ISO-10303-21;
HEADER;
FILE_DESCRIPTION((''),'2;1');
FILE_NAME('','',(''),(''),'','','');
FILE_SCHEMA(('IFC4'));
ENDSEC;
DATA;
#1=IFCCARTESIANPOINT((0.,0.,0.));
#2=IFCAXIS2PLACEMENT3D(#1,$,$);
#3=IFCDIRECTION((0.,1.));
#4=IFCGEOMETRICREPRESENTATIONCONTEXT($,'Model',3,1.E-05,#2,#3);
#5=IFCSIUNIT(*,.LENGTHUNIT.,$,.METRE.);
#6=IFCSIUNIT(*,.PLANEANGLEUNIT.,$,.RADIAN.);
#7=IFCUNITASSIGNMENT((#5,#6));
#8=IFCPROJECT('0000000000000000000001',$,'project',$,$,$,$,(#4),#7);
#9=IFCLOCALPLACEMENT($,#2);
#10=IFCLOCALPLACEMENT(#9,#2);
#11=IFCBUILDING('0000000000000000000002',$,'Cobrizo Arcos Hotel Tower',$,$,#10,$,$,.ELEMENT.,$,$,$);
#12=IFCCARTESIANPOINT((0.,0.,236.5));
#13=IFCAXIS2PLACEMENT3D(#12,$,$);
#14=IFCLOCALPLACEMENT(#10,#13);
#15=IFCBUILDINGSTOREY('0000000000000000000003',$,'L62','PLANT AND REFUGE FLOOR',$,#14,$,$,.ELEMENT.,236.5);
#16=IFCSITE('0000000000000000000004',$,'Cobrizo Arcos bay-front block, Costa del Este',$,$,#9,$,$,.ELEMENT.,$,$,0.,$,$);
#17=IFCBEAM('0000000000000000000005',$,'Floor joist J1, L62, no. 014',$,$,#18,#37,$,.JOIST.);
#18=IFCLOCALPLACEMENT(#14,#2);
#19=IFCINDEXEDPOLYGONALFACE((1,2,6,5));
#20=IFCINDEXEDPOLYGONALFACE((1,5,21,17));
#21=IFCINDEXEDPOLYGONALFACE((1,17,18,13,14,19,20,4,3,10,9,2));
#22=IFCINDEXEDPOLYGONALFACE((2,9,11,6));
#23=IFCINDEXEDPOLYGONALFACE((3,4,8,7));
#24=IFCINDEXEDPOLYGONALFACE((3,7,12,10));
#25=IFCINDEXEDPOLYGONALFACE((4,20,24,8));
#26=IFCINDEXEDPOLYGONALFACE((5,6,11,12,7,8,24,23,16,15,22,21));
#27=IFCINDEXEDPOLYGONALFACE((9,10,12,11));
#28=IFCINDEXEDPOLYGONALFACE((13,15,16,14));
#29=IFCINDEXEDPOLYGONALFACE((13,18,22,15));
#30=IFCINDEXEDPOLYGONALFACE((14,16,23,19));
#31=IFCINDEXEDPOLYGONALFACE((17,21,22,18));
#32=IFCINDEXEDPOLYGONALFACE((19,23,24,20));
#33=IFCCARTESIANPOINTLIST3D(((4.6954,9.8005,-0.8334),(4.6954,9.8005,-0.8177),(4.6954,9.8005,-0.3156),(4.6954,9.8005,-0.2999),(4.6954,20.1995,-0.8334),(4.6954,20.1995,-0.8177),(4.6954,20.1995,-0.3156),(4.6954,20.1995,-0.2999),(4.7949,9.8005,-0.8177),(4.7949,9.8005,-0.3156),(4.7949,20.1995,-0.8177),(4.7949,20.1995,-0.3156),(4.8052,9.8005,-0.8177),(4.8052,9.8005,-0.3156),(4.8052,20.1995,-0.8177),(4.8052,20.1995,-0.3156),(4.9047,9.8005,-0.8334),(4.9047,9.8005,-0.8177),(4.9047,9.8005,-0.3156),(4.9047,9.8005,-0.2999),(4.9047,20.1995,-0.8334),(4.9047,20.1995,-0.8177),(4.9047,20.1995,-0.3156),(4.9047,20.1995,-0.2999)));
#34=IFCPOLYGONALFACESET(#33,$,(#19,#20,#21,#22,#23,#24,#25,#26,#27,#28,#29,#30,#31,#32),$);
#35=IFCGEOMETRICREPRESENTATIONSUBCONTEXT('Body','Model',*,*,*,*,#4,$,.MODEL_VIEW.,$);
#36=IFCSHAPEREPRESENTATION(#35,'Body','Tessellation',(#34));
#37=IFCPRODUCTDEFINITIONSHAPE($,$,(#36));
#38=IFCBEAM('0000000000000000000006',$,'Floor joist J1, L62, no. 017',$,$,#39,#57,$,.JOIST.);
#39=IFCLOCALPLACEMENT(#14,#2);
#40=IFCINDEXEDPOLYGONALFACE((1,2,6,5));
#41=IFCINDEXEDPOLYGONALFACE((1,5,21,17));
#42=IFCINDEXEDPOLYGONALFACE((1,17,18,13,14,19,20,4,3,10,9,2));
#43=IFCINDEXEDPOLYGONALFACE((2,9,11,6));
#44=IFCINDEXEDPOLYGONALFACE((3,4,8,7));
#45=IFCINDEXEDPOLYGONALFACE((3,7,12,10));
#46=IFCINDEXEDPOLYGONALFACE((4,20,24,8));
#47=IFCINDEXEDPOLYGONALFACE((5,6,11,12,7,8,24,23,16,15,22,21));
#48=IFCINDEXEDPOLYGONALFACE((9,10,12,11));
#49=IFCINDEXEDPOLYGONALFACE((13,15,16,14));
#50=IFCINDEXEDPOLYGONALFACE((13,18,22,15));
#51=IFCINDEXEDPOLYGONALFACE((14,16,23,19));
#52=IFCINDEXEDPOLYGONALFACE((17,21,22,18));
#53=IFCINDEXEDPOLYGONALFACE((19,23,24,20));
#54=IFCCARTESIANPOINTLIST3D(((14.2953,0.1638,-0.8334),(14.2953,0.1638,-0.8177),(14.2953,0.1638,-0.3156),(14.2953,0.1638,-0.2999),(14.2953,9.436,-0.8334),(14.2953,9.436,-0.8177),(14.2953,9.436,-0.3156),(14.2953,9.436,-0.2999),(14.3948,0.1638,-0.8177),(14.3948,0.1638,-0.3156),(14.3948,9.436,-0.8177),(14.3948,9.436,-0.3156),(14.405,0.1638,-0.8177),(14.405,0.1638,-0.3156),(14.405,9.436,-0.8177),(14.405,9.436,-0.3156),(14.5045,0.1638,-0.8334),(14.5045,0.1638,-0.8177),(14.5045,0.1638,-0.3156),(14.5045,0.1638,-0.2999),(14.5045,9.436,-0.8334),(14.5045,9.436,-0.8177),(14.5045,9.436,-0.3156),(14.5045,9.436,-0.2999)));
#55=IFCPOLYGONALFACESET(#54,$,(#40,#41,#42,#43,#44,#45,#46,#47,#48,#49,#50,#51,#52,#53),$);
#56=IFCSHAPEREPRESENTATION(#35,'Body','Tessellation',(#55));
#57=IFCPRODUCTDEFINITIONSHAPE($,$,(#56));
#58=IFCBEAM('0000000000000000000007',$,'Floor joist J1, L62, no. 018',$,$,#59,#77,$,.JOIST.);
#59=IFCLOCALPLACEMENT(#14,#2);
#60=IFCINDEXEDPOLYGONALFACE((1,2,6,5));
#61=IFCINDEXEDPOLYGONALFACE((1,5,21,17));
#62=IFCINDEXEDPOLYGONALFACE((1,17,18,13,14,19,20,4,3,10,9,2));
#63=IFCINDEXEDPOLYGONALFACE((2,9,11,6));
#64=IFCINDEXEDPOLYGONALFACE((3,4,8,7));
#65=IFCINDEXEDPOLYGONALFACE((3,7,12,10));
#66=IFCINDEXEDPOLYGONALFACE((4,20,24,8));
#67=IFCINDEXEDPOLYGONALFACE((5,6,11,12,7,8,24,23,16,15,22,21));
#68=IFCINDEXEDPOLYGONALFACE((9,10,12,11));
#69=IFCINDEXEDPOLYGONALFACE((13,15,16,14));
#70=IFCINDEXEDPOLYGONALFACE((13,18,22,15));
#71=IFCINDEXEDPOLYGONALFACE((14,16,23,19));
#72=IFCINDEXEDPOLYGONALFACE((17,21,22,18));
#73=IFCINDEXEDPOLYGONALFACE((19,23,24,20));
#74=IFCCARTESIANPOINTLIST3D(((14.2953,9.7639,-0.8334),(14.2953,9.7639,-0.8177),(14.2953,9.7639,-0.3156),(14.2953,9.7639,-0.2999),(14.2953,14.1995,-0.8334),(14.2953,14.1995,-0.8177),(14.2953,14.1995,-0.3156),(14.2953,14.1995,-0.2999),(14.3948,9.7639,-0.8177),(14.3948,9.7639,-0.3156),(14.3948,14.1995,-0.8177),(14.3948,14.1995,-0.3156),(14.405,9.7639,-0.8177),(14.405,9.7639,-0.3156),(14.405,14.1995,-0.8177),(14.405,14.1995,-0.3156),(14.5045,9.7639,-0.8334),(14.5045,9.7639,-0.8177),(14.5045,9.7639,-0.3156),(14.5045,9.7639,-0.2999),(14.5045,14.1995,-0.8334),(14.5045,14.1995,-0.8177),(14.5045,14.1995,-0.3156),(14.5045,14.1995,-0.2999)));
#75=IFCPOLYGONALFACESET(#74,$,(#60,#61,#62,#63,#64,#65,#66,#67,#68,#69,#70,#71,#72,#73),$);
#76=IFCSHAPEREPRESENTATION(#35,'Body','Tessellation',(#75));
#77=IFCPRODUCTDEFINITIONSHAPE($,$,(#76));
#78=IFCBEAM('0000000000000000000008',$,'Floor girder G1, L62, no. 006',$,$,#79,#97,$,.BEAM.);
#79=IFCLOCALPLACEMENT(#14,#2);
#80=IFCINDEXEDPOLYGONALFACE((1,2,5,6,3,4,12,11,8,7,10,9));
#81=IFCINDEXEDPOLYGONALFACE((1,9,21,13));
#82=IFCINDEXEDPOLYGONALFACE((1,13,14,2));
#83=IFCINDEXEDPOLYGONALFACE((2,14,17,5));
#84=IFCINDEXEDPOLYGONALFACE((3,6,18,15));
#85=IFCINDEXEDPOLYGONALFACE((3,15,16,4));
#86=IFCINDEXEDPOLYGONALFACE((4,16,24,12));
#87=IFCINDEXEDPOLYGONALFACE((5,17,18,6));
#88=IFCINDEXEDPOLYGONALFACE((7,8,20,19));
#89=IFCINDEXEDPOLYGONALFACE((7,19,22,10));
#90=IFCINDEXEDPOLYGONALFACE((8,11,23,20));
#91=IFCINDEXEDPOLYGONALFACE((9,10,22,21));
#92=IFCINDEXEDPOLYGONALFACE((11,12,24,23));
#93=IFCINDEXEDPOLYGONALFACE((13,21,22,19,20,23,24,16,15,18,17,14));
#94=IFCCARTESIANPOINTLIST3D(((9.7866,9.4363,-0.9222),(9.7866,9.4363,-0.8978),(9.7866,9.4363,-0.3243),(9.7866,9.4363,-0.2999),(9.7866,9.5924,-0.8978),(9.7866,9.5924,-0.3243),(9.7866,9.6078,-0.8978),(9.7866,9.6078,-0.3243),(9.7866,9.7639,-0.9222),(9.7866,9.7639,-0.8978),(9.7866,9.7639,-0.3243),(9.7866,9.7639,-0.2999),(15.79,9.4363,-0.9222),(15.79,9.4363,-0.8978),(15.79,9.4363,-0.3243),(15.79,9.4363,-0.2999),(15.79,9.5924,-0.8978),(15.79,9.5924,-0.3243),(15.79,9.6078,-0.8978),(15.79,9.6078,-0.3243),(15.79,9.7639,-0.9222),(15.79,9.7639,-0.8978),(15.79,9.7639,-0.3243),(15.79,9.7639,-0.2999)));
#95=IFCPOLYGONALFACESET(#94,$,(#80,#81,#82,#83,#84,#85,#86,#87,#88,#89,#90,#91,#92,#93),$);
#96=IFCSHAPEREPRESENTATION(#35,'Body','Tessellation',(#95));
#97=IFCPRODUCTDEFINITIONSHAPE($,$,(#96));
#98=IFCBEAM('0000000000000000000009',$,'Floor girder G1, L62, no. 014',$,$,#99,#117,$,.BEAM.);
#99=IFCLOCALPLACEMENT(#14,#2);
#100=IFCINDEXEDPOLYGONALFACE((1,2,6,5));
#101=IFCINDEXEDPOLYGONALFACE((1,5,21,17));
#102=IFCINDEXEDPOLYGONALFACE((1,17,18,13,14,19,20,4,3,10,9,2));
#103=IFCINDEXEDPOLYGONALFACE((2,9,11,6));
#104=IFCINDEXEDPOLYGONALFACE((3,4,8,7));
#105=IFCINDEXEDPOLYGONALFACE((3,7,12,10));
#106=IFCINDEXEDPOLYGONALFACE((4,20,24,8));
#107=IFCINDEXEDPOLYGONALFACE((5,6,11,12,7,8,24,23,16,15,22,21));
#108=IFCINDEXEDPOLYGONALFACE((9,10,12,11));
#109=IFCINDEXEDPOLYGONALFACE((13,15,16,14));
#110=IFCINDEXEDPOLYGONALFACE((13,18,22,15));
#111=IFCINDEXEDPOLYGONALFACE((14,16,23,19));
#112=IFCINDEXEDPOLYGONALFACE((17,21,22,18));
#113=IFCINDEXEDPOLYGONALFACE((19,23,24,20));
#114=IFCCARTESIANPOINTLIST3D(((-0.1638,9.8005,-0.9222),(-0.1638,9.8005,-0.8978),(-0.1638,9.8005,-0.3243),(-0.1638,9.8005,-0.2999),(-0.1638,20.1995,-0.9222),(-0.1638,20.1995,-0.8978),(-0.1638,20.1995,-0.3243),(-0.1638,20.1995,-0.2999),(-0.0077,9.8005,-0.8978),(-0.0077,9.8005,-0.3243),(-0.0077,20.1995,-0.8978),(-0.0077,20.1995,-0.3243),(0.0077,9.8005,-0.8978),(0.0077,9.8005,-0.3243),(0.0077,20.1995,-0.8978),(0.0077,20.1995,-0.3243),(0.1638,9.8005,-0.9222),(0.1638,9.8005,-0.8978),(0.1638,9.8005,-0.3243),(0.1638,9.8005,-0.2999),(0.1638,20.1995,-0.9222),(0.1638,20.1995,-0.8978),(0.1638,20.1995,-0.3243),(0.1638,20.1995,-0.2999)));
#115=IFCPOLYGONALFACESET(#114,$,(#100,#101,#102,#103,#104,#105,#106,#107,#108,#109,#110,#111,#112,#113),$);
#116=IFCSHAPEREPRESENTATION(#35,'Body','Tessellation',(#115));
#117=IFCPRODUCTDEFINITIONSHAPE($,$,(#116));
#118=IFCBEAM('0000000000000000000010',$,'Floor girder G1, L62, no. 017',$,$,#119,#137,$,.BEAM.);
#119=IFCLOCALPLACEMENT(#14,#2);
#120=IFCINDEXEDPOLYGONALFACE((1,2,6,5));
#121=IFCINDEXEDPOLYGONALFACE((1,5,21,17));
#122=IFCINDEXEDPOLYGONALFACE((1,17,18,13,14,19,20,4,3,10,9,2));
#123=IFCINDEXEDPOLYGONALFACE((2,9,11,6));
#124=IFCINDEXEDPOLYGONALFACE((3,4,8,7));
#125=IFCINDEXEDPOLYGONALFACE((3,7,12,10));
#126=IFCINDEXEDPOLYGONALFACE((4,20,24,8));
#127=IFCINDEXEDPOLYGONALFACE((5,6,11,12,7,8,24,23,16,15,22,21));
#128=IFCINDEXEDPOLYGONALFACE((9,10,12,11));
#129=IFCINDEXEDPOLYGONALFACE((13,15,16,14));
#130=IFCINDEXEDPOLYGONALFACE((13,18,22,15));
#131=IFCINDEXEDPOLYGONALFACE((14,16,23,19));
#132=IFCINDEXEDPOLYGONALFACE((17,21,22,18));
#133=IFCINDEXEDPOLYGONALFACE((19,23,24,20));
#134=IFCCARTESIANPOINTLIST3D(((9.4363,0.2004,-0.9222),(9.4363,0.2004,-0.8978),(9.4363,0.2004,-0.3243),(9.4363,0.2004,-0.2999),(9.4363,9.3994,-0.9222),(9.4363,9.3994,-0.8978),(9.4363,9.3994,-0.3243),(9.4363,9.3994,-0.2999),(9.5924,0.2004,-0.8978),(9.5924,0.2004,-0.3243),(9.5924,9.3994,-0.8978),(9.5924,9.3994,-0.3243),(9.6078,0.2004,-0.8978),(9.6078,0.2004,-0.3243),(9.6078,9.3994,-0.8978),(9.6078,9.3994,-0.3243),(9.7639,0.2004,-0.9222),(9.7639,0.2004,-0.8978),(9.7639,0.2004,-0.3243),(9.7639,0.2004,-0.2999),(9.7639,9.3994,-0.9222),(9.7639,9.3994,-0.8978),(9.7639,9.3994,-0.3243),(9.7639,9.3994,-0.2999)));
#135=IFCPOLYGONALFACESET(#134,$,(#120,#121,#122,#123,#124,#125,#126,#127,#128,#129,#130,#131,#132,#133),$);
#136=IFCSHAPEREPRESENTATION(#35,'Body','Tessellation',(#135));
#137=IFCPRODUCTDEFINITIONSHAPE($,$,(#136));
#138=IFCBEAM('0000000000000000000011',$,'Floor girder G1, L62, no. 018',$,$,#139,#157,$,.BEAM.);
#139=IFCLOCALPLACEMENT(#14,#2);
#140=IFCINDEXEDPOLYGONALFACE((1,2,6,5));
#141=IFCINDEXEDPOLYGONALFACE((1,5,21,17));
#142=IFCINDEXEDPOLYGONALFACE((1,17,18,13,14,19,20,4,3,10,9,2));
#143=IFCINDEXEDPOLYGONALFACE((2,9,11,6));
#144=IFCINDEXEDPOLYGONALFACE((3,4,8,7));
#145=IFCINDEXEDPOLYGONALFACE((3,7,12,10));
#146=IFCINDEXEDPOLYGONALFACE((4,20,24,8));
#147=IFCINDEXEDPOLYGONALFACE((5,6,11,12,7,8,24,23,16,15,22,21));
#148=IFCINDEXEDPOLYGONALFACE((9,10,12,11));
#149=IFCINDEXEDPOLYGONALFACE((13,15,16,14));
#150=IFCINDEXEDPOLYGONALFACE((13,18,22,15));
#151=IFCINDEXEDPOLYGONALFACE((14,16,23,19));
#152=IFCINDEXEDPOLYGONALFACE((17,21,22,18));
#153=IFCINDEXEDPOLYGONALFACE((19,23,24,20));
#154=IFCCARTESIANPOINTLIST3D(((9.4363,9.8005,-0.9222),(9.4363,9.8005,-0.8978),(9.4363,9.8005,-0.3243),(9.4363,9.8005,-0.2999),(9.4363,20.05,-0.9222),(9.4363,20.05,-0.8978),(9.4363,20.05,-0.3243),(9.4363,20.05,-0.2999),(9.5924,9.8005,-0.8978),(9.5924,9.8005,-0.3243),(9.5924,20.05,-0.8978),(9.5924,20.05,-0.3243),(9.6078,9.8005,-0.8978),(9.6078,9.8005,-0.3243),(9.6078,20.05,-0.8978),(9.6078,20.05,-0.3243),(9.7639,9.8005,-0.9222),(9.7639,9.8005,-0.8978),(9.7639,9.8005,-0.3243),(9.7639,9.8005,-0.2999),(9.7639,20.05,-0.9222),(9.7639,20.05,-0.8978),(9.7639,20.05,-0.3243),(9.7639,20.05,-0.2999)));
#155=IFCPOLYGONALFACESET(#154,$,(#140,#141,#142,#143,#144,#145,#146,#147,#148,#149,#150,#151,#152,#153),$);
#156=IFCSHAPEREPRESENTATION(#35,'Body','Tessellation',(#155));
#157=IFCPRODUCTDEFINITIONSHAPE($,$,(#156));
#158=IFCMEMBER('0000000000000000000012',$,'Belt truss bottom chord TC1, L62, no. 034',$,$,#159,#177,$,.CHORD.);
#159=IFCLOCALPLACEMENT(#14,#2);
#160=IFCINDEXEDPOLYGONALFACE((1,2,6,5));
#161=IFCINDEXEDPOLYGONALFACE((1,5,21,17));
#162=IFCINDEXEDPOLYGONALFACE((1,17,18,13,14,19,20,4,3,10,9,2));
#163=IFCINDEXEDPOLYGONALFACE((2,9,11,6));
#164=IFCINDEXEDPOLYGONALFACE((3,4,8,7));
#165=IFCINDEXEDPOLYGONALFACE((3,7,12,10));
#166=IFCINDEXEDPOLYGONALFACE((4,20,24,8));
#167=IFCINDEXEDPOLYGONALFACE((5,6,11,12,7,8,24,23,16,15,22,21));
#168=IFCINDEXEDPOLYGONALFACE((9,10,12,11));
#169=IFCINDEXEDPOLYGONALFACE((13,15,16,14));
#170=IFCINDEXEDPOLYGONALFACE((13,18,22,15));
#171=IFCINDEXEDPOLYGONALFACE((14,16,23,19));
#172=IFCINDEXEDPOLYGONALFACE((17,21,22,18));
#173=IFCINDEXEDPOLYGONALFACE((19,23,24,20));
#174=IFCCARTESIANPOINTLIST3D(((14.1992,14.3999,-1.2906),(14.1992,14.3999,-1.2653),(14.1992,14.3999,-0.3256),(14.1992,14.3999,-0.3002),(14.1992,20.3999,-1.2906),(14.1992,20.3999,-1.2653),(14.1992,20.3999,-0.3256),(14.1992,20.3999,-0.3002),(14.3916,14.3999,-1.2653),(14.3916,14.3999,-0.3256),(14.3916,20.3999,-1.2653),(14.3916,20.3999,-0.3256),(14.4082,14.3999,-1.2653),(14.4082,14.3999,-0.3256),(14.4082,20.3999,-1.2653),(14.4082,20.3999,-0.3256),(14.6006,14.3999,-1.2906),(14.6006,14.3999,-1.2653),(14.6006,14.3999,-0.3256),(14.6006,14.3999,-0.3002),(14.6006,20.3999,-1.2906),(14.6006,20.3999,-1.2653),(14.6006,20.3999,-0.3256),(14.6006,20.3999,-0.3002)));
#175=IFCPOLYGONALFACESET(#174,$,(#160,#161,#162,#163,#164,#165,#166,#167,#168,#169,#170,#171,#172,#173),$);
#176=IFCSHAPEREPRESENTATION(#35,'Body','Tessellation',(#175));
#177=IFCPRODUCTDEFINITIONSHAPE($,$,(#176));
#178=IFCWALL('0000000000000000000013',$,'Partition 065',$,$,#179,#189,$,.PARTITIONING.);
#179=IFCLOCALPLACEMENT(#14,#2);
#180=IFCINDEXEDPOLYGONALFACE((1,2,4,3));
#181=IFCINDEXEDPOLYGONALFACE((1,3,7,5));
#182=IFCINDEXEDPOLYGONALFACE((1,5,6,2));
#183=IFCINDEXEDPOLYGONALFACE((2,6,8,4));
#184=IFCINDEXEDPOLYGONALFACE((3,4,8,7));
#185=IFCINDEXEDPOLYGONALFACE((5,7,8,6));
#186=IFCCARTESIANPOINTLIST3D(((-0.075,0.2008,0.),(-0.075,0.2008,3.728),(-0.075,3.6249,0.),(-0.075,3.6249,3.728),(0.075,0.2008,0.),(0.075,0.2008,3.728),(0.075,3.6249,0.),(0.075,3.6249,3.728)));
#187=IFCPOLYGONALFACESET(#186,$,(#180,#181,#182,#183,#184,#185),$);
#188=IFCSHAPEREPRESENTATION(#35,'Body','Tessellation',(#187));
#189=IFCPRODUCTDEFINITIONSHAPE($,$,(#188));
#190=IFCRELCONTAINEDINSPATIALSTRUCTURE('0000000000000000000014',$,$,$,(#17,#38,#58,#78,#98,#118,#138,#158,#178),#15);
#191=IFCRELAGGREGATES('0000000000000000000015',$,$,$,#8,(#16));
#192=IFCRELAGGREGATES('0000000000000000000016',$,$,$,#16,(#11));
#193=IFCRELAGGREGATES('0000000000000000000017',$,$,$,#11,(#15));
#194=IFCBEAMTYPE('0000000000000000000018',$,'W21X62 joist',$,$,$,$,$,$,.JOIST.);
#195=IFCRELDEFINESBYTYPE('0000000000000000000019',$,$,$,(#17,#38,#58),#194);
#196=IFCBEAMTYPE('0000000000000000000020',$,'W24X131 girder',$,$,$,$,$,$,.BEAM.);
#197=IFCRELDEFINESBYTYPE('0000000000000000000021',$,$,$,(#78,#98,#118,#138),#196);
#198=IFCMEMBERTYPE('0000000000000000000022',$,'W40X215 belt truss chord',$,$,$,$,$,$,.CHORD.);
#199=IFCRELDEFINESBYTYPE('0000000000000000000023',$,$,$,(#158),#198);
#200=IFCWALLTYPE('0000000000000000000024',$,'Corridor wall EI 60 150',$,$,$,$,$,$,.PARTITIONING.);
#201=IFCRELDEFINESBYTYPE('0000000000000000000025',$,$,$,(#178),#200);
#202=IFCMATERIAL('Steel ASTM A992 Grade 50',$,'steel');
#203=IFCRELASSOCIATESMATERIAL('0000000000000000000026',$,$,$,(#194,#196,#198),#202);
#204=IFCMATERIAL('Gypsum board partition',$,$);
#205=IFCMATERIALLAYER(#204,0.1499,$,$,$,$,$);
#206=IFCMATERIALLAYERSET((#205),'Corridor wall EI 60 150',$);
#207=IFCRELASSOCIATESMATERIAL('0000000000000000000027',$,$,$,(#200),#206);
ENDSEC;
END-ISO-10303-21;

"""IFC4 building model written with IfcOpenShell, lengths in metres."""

from ifc_helpers import new_model, si_unit, direction, frame, frame_2d, origin, origin_2d, place, context, subcontext, project, spatial, rectangle, i_section, extrude, material, layer, layer_set, material_profile, profile_set, type_object, element, save


model = new_model("IFC4")

# Units and contexts
model_context = context("Model", 3, precision=1e-05, world=origin(), true_north=direction((0.0, 1.0)))
body_context = subcontext(model_context, "Body", "Model", "MODEL_VIEW")
ifc_project = project(units=[si_unit("LENGTHUNIT", "METRE"), si_unit("PLANEANGLEUNIT", "RADIAN")], contexts=[model_context])

# Site, building, storey
site_placement = place(None, origin())
site = spatial("IfcSite", under=ifc_project, at=site_placement, Name="Cobrizo Arcos bay-front block, Costa del Este", CompositionType="ELEMENT", RefElevation=0.0)
building_placement = place(site_placement, origin())
building = spatial("IfcBuilding", under=site, at=building_placement, Name="Cobrizo Arcos Hotel Tower", CompositionType="ELEMENT")
storey_placement = place(building_placement, frame((0.0, 0.0, 236.5)))
storey = spatial("IfcBuildingStorey", under=building, at=storey_placement, Name="L62", Description="PLANT AND REFUGE FLOOR", CompositionType="ELEMENT", Elevation=236.5)

# Shared definitions
ifc_material_1 = material(Name="Steel ASTM A992 Grade 50", Category="steel")

# Beams
ifc_material_profile_1 = material_profile(ifc_material_1, i_section(OverallWidth=0.2092, OverallDepth=0.5334, WebThickness=0.0103, FlangeThickness=0.0156, at=origin_2d()), Name="W21X62")
ifc_profile_set_1 = profile_set([ifc_material_profile_1], Name="Steel ASTM A992 Grade 50")
beam_type_1 = type_object("IfcBeamType", Name="W21X62 joist", PredefinedType="JOIST", material=ifc_profile_set_1)
beam_1_placement = place(storey_placement, frame((4.8, 9.8005, -0.5667), z_axis=(0.0, 1.0, 0.0), x_axis=(-1.0, 0.0, 0.0)))
element("IfcBeam", 1, at=beam_1_placement, inside=storey, type_object=beam_type_1, Name="Floor joist J1, L62, no. 014", PredefinedType="JOIST", context=body_context, shape_type="SweptSolid", body=[
    extrude(i_section(OverallWidth=0.2092, OverallDepth=0.5334, WebThickness=0.0103, FlangeThickness=0.0156, at=origin_2d()), origin(), (0.0, 0.0, 1.0), 10.3989),
])
beam_2_placement = place(storey_placement, frame((14.3999, 0.1638, -0.5667), z_axis=(0.0, 1.0, 0.0), x_axis=(-1.0, 0.0, 0.0)))
element("IfcBeam", 2, at=beam_2_placement, inside=storey, type_object=beam_type_1, Name="Floor joist J1, L62, no. 017", PredefinedType="JOIST", context=body_context, shape_type="SweptSolid", body=[
    extrude(i_section(OverallWidth=0.2092, OverallDepth=0.5334, WebThickness=0.0103, FlangeThickness=0.0156, at=origin_2d()), origin(), (0.0, 0.0, 1.0), 9.2722),
])
beam_3_placement = place(storey_placement, frame((14.3999, 9.7639, -0.5667), z_axis=(0.0, 1.0, 0.0), x_axis=(-1.0, 0.0, 0.0)))
element("IfcBeam", 3, at=beam_3_placement, inside=storey, type_object=beam_type_1, Name="Floor joist J1, L62, no. 018", PredefinedType="JOIST", context=body_context, shape_type="SweptSolid", body=[
    extrude(i_section(OverallWidth=0.2092, OverallDepth=0.5334, WebThickness=0.0103, FlangeThickness=0.0156, at=origin_2d()), origin(), (0.0, 0.0, 1.0), 4.4355),
])
ifc_material_profile_2 = material_profile(ifc_material_1, i_section(OverallWidth=0.3276, OverallDepth=0.6223, WebThickness=0.0154, FlangeThickness=0.0244, at=origin_2d()), Name="W24X131")
ifc_profile_set_2 = profile_set([ifc_material_profile_2], Name="Steel ASTM A992 Grade 50")
beam_type_2 = type_object("IfcBeamType", Name="W24X131 girder", PredefinedType="BEAM", material=ifc_profile_set_2)
beam_4_placement = place(storey_placement, frame((9.7866, 9.6001, -0.6111), z_axis=(1.0, 0.0, 0.0), x_axis=(0.0, 1.0, 0.0)))
element("IfcBeam", 4, at=beam_4_placement, inside=storey, type_object=beam_type_2, Name="Floor girder G1, L62, no. 006", PredefinedType="BEAM", context=body_context, shape_type="SweptSolid", body=[
    extrude(i_section(OverallWidth=0.3276, OverallDepth=0.6223, WebThickness=0.0154, FlangeThickness=0.0244, at=origin_2d()), origin(), (0.0, 0.0, 1.0), 6.0034),
])
beam_5_placement = place(storey_placement, frame((0.0, 9.8005, -0.6111), z_axis=(0.0, 1.0, 0.0), x_axis=(-1.0, 0.0, 0.0)))
element("IfcBeam", 5, at=beam_5_placement, inside=storey, type_object=beam_type_2, Name="Floor girder G1, L62, no. 014", PredefinedType="BEAM", context=body_context, shape_type="SweptSolid", body=[
    extrude(i_section(OverallWidth=0.3276, OverallDepth=0.6223, WebThickness=0.0154, FlangeThickness=0.0244, at=origin_2d()), origin(), (0.0, 0.0, 1.0), 10.3989),
])
beam_6_placement = place(storey_placement, frame((9.6001, 0.2004, -0.6111), z_axis=(0.0, 1.0, 0.0), x_axis=(-1.0, 0.0, 0.0)))
element("IfcBeam", 6, at=beam_6_placement, inside=storey, type_object=beam_type_2, Name="Floor girder G1, L62, no. 017", PredefinedType="BEAM", context=body_context, shape_type="SweptSolid", body=[
    extrude(i_section(OverallWidth=0.3276, OverallDepth=0.6223, WebThickness=0.0154, FlangeThickness=0.0244, at=origin_2d()), origin(), (0.0, 0.0, 1.0), 9.199),
])
beam_7_placement = place(storey_placement, frame((9.6001, 9.8005, -0.6111), z_axis=(0.0, 1.0, 0.0), x_axis=(-1.0, 0.0, 0.0)))
element("IfcBeam", 7, at=beam_7_placement, inside=storey, type_object=beam_type_2, Name="Floor girder G1, L62, no. 018", PredefinedType="BEAM", context=body_context, shape_type="SweptSolid", body=[
    extrude(i_section(OverallWidth=0.3276, OverallDepth=0.6223, WebThickness=0.0154, FlangeThickness=0.0244, at=origin_2d()), origin(), (0.0, 0.0, 1.0), 10.2495),
])

# Member
ifc_material_profile_3 = material_profile(ifc_material_1, i_section(OverallWidth=0.4014, OverallDepth=0.9905, WebThickness=0.0166, FlangeThickness=0.0254, at=origin_2d()), Name="W40X215")
ifc_profile_set_3 = profile_set([ifc_material_profile_3], Name="Steel ASTM A992 Grade 50")
member_type_1 = type_object("IfcMemberType", Name="W40X215 belt truss chord", PredefinedType="CHORD", material=ifc_profile_set_3)
member_1_placement = place(storey_placement, frame((14.3999, 14.3999, -0.7954), z_axis=(0.0, 1.0, 0.0), x_axis=(-1.0, 0.0, 0.0)))
element("IfcMember", 8, at=member_1_placement, inside=storey, type_object=member_type_1, Name="Belt truss bottom chord TC1, L62, no. 034", PredefinedType="CHORD", context=body_context, shape_type="SweptSolid", body=[
    extrude(i_section(OverallWidth=0.4014, OverallDepth=0.9905, WebThickness=0.0166, FlangeThickness=0.0254, at=origin_2d()), origin(), (0.0, 0.0, 1.0), 6.0),
])

# Wall
ifc_material_2 = material(Name="Gypsum board partition")
ifc_layer = layer(ifc_material_2, 0.1499)
ifc_layer_set = layer_set([ifc_layer], Name="Corridor wall EI 60 150")
wall_type = type_object("IfcWallType", Name="Corridor wall EI 60 150", PredefinedType="PARTITIONING", material=ifc_layer_set)
wall_1_placement = place(storey_placement, frame((0.0, 0.2009, 0.0), z_axis=(0.0, 0.0, 1.0), x_axis=(0.0, 1.0, 0.0)))
element("IfcWall", 9, at=wall_1_placement, inside=storey, type_object=wall_type, Name="Partition 065", PredefinedType="PARTITIONING", context=body_context, shape_type="SweptSolid", body=[
    extrude(rectangle(XDim=3.4241, YDim=0.1499, at=frame_2d((1.7119, 0.0))), origin(), (0.0, 0.0, 1.0), 3.728),
])

save(model, "model.ifc")
